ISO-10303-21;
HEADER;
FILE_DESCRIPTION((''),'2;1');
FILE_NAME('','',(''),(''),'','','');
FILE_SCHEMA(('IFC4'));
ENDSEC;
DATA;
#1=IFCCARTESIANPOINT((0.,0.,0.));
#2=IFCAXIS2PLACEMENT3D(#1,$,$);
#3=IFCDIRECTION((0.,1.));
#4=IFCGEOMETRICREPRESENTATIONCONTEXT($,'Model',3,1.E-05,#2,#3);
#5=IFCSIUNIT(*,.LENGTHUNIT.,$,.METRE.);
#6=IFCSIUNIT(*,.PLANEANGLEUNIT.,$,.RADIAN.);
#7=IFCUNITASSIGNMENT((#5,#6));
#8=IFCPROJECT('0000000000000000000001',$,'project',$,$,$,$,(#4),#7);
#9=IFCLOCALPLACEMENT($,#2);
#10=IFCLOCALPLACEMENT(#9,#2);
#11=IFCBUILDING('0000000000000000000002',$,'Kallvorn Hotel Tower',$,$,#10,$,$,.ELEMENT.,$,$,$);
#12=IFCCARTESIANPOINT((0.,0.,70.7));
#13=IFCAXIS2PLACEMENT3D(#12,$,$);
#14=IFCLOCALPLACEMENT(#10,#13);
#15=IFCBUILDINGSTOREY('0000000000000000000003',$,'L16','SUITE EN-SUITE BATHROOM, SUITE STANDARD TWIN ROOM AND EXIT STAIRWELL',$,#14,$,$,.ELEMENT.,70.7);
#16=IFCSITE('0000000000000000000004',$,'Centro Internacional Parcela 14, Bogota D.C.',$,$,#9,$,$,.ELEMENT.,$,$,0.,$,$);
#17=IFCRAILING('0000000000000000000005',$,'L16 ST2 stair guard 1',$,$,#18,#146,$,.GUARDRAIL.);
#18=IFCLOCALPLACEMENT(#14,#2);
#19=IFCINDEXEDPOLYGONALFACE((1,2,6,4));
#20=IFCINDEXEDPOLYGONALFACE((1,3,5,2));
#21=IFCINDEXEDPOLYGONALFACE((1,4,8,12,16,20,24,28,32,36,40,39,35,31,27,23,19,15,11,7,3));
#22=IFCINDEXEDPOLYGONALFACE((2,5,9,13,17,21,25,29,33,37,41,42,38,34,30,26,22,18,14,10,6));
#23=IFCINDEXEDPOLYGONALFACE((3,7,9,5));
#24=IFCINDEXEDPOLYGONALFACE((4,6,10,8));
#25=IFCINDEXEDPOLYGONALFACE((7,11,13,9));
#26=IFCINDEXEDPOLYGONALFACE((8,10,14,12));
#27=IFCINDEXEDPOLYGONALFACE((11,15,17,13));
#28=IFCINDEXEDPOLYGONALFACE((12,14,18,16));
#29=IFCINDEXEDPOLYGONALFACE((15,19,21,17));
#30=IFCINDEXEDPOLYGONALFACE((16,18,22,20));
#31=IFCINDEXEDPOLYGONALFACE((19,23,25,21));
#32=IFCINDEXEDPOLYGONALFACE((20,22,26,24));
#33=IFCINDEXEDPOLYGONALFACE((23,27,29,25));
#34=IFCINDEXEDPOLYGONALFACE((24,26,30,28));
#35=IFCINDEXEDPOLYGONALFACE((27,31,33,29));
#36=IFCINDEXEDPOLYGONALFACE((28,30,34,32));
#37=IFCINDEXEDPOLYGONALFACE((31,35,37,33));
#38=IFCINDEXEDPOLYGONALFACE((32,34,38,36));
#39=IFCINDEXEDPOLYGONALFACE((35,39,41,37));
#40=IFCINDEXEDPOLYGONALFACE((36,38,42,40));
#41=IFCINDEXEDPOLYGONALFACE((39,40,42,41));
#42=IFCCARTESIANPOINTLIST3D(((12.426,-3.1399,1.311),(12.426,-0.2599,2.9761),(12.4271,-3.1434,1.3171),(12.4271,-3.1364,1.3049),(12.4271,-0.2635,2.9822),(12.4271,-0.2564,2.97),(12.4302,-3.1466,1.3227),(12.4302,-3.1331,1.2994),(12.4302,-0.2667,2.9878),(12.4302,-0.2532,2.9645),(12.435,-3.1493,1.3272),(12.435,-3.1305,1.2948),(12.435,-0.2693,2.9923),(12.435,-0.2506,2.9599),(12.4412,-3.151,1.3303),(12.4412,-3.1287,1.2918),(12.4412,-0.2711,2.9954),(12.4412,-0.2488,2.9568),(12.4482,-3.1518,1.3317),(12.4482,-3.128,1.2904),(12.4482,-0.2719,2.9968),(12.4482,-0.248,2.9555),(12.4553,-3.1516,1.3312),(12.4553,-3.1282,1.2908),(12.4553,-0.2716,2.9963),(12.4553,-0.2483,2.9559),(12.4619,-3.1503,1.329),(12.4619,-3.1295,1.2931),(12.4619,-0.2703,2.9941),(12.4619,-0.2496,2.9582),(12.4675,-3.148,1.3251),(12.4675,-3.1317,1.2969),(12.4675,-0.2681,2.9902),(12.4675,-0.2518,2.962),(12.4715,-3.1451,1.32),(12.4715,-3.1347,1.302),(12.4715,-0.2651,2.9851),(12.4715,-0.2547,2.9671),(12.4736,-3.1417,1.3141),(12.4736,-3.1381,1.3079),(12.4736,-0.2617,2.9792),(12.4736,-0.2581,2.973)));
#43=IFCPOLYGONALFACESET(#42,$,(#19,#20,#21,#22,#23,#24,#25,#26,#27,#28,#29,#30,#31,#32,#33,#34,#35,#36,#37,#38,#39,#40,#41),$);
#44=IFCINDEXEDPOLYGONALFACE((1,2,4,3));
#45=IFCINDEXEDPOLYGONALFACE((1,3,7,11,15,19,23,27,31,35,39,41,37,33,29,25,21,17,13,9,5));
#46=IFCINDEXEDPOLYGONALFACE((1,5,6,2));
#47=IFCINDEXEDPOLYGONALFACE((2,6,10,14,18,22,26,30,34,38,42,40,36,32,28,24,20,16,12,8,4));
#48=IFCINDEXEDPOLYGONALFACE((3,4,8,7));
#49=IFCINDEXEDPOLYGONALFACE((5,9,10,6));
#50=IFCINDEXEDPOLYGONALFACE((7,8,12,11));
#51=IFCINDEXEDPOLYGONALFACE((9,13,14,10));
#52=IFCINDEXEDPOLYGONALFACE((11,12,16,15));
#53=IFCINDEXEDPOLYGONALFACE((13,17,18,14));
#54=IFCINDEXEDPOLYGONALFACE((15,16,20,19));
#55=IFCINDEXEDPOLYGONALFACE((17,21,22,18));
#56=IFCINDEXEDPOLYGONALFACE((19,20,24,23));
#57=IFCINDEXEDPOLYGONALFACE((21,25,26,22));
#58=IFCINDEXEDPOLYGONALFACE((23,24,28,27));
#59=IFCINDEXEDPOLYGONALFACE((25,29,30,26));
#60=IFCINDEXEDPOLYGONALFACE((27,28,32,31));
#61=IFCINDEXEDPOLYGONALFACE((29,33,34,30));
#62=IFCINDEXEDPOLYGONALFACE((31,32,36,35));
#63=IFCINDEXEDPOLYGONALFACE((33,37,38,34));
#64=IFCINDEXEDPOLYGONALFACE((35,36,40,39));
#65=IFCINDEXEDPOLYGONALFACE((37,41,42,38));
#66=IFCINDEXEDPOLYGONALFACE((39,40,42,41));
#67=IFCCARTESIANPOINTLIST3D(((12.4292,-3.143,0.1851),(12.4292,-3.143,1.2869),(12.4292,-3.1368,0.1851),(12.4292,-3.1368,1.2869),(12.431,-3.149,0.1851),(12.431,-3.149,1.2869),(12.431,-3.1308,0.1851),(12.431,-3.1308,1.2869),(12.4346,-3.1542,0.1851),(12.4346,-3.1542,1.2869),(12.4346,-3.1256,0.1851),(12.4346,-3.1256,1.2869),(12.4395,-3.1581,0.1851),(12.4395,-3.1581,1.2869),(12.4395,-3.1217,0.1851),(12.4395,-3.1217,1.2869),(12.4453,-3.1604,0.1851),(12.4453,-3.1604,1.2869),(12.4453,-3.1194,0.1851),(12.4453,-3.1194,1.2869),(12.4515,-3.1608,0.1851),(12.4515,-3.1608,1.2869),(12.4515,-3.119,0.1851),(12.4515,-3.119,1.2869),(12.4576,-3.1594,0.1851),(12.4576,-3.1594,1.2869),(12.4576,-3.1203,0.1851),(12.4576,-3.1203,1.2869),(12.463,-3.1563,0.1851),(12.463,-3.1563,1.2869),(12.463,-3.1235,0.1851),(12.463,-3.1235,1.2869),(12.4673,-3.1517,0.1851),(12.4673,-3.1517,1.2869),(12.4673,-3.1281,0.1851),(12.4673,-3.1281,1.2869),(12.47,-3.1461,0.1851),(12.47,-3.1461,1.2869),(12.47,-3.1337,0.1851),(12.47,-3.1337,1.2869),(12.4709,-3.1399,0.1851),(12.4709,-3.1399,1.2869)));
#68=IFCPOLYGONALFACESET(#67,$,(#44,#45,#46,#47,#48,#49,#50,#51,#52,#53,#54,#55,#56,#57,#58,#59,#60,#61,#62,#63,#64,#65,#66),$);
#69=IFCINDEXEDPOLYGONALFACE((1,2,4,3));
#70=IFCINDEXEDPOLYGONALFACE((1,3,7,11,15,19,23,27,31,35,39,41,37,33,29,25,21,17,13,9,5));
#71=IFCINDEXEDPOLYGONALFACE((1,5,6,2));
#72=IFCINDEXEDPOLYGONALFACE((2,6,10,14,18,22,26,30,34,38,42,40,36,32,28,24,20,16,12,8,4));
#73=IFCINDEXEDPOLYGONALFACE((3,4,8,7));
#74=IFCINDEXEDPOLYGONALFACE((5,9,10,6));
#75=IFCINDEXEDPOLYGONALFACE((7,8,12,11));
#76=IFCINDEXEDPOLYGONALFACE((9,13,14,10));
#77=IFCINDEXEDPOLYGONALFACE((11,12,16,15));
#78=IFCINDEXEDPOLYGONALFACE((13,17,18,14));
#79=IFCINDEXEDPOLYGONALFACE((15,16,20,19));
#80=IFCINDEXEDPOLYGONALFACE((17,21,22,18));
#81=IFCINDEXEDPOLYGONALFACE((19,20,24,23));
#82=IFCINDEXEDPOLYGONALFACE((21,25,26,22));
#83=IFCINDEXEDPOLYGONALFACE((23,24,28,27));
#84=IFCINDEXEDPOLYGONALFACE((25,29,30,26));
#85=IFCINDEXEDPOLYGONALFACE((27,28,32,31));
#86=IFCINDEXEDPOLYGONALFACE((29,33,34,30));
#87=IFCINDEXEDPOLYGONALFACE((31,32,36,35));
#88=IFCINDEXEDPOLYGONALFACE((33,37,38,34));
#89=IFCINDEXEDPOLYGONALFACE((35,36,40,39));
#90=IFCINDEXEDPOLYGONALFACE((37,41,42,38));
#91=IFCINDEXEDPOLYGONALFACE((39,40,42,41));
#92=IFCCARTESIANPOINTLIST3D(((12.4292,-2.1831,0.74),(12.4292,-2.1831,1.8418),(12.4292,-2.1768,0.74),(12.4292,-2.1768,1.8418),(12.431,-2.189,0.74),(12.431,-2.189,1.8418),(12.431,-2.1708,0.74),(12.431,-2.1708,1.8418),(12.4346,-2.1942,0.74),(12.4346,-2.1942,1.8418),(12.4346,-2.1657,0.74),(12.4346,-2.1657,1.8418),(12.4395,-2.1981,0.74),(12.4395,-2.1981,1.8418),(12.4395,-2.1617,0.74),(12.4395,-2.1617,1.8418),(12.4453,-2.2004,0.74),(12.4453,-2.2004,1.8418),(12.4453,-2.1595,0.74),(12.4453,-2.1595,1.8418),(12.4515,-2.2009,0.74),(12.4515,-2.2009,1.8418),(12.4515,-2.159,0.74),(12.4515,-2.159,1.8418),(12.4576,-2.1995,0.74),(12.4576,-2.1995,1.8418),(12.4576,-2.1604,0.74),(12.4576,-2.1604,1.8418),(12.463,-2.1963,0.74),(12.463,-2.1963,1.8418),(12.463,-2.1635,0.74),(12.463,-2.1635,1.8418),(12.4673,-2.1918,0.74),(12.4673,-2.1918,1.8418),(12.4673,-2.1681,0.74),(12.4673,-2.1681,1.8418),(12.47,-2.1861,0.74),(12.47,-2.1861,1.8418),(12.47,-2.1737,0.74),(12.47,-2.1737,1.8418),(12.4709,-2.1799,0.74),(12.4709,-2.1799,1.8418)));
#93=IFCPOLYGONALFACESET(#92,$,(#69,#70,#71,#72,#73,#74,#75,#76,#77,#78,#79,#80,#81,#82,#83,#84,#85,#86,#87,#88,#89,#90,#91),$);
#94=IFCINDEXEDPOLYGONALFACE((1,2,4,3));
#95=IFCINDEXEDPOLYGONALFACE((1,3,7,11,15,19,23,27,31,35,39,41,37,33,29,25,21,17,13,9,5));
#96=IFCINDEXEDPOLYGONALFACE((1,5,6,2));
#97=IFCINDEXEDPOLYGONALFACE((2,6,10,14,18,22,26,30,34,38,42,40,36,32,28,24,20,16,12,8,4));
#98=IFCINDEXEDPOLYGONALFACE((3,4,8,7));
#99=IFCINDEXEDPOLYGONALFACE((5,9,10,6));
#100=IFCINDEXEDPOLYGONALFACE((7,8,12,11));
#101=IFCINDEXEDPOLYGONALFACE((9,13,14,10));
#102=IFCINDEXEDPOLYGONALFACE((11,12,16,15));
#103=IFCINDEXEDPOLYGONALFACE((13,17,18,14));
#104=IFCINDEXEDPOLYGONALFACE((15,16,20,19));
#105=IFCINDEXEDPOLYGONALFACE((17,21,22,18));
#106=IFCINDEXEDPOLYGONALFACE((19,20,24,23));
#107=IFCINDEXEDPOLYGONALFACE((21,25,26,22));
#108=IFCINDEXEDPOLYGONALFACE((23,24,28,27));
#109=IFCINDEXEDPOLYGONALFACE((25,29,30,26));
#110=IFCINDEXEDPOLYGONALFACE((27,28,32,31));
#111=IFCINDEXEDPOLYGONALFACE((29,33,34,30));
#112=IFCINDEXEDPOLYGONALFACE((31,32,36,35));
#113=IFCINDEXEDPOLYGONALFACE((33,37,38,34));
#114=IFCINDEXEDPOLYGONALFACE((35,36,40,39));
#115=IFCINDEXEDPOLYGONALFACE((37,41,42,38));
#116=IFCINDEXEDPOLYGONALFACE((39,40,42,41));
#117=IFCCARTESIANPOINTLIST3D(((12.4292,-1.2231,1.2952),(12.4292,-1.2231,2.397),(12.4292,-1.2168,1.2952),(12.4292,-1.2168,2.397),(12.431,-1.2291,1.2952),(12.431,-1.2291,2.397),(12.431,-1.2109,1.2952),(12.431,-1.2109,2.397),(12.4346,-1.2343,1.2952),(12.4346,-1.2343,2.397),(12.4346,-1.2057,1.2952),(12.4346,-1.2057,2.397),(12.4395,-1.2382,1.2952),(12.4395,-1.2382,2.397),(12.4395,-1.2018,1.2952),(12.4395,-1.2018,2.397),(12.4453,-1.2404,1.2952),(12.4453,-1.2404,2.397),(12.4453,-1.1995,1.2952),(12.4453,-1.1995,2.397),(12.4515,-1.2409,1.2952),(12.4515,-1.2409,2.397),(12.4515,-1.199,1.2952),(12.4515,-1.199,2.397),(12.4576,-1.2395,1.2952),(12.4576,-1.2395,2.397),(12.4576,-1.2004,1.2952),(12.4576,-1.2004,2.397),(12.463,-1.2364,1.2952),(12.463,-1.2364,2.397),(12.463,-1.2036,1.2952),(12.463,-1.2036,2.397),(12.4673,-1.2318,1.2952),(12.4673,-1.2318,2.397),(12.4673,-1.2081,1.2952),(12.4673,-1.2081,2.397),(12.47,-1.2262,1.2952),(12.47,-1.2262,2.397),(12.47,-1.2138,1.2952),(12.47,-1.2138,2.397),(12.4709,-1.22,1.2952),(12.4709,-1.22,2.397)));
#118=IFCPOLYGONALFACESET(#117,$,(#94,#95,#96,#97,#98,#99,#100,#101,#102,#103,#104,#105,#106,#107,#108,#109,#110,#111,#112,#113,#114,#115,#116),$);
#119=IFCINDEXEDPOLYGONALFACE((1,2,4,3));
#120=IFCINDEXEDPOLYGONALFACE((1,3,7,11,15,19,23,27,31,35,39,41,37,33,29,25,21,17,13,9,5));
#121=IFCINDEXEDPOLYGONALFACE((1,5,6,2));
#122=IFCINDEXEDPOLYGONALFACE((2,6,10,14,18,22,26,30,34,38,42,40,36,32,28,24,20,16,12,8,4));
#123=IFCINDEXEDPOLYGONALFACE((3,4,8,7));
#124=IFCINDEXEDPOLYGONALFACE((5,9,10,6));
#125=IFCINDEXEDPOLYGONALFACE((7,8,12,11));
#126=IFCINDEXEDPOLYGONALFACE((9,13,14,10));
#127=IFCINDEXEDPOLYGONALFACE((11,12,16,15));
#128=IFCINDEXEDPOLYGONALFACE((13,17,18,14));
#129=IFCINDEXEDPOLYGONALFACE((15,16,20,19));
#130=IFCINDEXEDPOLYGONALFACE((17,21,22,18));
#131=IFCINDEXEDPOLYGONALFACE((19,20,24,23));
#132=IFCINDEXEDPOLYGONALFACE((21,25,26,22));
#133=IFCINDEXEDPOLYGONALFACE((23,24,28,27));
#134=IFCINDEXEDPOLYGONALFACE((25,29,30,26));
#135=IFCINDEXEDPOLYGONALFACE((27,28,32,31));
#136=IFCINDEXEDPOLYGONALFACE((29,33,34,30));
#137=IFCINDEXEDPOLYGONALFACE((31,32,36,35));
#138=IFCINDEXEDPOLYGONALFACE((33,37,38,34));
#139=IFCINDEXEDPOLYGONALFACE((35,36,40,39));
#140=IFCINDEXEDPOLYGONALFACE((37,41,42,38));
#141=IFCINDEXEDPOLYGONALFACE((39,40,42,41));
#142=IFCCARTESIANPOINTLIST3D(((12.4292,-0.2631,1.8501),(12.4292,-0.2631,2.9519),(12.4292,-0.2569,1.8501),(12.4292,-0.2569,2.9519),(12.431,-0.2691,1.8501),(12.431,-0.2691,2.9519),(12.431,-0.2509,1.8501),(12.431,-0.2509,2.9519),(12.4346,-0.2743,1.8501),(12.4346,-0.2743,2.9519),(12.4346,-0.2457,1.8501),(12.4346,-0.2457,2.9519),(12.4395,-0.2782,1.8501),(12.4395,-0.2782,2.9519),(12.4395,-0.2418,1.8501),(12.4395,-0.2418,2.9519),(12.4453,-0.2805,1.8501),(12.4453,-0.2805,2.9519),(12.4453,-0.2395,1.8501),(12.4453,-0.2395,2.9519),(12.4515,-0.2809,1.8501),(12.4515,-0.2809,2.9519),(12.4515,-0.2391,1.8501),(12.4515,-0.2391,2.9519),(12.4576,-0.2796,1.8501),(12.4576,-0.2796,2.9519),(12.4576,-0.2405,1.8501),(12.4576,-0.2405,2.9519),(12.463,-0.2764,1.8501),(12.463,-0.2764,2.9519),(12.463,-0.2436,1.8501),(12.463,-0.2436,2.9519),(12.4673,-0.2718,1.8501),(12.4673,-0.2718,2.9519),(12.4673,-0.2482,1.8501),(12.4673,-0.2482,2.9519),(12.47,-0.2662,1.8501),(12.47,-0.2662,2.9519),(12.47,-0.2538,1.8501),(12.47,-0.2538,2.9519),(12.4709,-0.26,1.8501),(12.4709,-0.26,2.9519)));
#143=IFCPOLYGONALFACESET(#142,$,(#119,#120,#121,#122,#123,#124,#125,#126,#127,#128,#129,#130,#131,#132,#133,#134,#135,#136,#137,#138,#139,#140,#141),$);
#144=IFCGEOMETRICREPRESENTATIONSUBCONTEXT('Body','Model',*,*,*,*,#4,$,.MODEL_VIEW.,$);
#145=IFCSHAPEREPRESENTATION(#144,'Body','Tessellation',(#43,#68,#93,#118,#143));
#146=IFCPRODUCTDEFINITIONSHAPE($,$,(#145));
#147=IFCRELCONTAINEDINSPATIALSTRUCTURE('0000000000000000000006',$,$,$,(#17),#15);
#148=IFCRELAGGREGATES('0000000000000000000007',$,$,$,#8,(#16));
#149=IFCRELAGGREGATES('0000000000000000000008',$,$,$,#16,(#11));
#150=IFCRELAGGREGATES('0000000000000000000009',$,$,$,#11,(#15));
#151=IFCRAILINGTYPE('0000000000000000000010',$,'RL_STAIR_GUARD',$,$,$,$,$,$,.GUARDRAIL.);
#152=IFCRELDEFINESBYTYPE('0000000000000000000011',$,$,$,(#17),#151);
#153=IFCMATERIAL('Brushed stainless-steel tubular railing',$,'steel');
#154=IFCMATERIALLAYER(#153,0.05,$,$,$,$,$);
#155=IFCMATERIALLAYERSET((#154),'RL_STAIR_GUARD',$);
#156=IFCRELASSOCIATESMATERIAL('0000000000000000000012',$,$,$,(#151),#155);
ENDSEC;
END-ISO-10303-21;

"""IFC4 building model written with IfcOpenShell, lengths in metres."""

from ifc_helpers import new_model, si_unit, direction, frame, origin, origin_2d, place, context, subcontext, project, spatial, circle, extrude, material, layer, layer_set, type_object, element, save


model = new_model("IFC4")

# Units and contexts
model_context = context("Model", 3, precision=1e-05, world=origin(), true_north=direction((0.0, 1.0)))
body_context = subcontext(model_context, "Body", "Model", "MODEL_VIEW")
ifc_project = project(units=[si_unit("LENGTHUNIT", "METRE"), si_unit("PLANEANGLEUNIT", "RADIAN")], contexts=[model_context])

# Site, building, storey
site_placement = place(None, origin())
site = spatial("IfcSite", under=ifc_project, at=site_placement, Name="Centro Internacional Parcela 14, Bogota D.C.", CompositionType="ELEMENT", RefElevation=0.0)
building_placement = place(site_placement, origin())
building = spatial("IfcBuilding", under=site, at=building_placement, Name="Kallvorn Hotel Tower", CompositionType="ELEMENT")
storey_placement = place(building_placement, frame((0.0, 0.0, 70.7)))
storey = spatial("IfcBuildingStorey", under=building, at=storey_placement, Name="L16", Description="SUITE EN-SUITE BATHROOM, SUITE STANDARD TWIN ROOM AND EXIT STAIRWELL", CompositionType="ELEMENT", Elevation=70.7)

# Railing
ifc_material_1 = material(Name="Brushed stainless-steel tubular railing", Category="steel")
ifc_layer_1 = layer(ifc_material_1, 0.05)
ifc_layer_set_1 = layer_set([ifc_layer_1], Name="RL_STAIR_GUARD")
railing_type_1 = type_object("IfcRailingType", Name="RL_STAIR_GUARD", PredefinedType="GUARDRAIL", material=ifc_layer_set_1)
railing_1_placement = place(storey_placement, frame((12.45, -3.1399, 0.1851)))
element("IfcRailing", 1, at=railing_1_placement, inside=storey, type_object=railing_type_1, Name="L16 ST2 stair guard 1", PredefinedType="GUARDRAIL", context=body_context, shape_type="SweptSolid", body=[
    extrude(circle(Radius=0.0239, at=origin_2d()), frame((0.0, 0.0, 1.126), z_axis=(0.0, 0.865721, 0.500527), x_axis=(-1.0, 0.0, 0.0)), (0.0, 0.0, 1.0), 3.3267),
    extrude(circle(Radius=0.021, at=origin_2d()), origin(), (0.0, 0.0, 1.0), 1.1018),
    extrude(circle(Radius=0.021, at=origin_2d()), frame((0.0, 0.96, 0.5549)), (0.0, 0.0, 1.0), 1.1018),
    extrude(circle(Radius=0.021, at=origin_2d()), frame((0.0, 1.9199, 1.1101)), (0.0, 0.0, 1.0), 1.1018),
    extrude(circle(Radius=0.021, at=origin_2d()), frame((0.0, 2.8799, 1.665)), (0.0, 0.0, 1.0), 1.1018),
])

save(model, "model.ifc")
